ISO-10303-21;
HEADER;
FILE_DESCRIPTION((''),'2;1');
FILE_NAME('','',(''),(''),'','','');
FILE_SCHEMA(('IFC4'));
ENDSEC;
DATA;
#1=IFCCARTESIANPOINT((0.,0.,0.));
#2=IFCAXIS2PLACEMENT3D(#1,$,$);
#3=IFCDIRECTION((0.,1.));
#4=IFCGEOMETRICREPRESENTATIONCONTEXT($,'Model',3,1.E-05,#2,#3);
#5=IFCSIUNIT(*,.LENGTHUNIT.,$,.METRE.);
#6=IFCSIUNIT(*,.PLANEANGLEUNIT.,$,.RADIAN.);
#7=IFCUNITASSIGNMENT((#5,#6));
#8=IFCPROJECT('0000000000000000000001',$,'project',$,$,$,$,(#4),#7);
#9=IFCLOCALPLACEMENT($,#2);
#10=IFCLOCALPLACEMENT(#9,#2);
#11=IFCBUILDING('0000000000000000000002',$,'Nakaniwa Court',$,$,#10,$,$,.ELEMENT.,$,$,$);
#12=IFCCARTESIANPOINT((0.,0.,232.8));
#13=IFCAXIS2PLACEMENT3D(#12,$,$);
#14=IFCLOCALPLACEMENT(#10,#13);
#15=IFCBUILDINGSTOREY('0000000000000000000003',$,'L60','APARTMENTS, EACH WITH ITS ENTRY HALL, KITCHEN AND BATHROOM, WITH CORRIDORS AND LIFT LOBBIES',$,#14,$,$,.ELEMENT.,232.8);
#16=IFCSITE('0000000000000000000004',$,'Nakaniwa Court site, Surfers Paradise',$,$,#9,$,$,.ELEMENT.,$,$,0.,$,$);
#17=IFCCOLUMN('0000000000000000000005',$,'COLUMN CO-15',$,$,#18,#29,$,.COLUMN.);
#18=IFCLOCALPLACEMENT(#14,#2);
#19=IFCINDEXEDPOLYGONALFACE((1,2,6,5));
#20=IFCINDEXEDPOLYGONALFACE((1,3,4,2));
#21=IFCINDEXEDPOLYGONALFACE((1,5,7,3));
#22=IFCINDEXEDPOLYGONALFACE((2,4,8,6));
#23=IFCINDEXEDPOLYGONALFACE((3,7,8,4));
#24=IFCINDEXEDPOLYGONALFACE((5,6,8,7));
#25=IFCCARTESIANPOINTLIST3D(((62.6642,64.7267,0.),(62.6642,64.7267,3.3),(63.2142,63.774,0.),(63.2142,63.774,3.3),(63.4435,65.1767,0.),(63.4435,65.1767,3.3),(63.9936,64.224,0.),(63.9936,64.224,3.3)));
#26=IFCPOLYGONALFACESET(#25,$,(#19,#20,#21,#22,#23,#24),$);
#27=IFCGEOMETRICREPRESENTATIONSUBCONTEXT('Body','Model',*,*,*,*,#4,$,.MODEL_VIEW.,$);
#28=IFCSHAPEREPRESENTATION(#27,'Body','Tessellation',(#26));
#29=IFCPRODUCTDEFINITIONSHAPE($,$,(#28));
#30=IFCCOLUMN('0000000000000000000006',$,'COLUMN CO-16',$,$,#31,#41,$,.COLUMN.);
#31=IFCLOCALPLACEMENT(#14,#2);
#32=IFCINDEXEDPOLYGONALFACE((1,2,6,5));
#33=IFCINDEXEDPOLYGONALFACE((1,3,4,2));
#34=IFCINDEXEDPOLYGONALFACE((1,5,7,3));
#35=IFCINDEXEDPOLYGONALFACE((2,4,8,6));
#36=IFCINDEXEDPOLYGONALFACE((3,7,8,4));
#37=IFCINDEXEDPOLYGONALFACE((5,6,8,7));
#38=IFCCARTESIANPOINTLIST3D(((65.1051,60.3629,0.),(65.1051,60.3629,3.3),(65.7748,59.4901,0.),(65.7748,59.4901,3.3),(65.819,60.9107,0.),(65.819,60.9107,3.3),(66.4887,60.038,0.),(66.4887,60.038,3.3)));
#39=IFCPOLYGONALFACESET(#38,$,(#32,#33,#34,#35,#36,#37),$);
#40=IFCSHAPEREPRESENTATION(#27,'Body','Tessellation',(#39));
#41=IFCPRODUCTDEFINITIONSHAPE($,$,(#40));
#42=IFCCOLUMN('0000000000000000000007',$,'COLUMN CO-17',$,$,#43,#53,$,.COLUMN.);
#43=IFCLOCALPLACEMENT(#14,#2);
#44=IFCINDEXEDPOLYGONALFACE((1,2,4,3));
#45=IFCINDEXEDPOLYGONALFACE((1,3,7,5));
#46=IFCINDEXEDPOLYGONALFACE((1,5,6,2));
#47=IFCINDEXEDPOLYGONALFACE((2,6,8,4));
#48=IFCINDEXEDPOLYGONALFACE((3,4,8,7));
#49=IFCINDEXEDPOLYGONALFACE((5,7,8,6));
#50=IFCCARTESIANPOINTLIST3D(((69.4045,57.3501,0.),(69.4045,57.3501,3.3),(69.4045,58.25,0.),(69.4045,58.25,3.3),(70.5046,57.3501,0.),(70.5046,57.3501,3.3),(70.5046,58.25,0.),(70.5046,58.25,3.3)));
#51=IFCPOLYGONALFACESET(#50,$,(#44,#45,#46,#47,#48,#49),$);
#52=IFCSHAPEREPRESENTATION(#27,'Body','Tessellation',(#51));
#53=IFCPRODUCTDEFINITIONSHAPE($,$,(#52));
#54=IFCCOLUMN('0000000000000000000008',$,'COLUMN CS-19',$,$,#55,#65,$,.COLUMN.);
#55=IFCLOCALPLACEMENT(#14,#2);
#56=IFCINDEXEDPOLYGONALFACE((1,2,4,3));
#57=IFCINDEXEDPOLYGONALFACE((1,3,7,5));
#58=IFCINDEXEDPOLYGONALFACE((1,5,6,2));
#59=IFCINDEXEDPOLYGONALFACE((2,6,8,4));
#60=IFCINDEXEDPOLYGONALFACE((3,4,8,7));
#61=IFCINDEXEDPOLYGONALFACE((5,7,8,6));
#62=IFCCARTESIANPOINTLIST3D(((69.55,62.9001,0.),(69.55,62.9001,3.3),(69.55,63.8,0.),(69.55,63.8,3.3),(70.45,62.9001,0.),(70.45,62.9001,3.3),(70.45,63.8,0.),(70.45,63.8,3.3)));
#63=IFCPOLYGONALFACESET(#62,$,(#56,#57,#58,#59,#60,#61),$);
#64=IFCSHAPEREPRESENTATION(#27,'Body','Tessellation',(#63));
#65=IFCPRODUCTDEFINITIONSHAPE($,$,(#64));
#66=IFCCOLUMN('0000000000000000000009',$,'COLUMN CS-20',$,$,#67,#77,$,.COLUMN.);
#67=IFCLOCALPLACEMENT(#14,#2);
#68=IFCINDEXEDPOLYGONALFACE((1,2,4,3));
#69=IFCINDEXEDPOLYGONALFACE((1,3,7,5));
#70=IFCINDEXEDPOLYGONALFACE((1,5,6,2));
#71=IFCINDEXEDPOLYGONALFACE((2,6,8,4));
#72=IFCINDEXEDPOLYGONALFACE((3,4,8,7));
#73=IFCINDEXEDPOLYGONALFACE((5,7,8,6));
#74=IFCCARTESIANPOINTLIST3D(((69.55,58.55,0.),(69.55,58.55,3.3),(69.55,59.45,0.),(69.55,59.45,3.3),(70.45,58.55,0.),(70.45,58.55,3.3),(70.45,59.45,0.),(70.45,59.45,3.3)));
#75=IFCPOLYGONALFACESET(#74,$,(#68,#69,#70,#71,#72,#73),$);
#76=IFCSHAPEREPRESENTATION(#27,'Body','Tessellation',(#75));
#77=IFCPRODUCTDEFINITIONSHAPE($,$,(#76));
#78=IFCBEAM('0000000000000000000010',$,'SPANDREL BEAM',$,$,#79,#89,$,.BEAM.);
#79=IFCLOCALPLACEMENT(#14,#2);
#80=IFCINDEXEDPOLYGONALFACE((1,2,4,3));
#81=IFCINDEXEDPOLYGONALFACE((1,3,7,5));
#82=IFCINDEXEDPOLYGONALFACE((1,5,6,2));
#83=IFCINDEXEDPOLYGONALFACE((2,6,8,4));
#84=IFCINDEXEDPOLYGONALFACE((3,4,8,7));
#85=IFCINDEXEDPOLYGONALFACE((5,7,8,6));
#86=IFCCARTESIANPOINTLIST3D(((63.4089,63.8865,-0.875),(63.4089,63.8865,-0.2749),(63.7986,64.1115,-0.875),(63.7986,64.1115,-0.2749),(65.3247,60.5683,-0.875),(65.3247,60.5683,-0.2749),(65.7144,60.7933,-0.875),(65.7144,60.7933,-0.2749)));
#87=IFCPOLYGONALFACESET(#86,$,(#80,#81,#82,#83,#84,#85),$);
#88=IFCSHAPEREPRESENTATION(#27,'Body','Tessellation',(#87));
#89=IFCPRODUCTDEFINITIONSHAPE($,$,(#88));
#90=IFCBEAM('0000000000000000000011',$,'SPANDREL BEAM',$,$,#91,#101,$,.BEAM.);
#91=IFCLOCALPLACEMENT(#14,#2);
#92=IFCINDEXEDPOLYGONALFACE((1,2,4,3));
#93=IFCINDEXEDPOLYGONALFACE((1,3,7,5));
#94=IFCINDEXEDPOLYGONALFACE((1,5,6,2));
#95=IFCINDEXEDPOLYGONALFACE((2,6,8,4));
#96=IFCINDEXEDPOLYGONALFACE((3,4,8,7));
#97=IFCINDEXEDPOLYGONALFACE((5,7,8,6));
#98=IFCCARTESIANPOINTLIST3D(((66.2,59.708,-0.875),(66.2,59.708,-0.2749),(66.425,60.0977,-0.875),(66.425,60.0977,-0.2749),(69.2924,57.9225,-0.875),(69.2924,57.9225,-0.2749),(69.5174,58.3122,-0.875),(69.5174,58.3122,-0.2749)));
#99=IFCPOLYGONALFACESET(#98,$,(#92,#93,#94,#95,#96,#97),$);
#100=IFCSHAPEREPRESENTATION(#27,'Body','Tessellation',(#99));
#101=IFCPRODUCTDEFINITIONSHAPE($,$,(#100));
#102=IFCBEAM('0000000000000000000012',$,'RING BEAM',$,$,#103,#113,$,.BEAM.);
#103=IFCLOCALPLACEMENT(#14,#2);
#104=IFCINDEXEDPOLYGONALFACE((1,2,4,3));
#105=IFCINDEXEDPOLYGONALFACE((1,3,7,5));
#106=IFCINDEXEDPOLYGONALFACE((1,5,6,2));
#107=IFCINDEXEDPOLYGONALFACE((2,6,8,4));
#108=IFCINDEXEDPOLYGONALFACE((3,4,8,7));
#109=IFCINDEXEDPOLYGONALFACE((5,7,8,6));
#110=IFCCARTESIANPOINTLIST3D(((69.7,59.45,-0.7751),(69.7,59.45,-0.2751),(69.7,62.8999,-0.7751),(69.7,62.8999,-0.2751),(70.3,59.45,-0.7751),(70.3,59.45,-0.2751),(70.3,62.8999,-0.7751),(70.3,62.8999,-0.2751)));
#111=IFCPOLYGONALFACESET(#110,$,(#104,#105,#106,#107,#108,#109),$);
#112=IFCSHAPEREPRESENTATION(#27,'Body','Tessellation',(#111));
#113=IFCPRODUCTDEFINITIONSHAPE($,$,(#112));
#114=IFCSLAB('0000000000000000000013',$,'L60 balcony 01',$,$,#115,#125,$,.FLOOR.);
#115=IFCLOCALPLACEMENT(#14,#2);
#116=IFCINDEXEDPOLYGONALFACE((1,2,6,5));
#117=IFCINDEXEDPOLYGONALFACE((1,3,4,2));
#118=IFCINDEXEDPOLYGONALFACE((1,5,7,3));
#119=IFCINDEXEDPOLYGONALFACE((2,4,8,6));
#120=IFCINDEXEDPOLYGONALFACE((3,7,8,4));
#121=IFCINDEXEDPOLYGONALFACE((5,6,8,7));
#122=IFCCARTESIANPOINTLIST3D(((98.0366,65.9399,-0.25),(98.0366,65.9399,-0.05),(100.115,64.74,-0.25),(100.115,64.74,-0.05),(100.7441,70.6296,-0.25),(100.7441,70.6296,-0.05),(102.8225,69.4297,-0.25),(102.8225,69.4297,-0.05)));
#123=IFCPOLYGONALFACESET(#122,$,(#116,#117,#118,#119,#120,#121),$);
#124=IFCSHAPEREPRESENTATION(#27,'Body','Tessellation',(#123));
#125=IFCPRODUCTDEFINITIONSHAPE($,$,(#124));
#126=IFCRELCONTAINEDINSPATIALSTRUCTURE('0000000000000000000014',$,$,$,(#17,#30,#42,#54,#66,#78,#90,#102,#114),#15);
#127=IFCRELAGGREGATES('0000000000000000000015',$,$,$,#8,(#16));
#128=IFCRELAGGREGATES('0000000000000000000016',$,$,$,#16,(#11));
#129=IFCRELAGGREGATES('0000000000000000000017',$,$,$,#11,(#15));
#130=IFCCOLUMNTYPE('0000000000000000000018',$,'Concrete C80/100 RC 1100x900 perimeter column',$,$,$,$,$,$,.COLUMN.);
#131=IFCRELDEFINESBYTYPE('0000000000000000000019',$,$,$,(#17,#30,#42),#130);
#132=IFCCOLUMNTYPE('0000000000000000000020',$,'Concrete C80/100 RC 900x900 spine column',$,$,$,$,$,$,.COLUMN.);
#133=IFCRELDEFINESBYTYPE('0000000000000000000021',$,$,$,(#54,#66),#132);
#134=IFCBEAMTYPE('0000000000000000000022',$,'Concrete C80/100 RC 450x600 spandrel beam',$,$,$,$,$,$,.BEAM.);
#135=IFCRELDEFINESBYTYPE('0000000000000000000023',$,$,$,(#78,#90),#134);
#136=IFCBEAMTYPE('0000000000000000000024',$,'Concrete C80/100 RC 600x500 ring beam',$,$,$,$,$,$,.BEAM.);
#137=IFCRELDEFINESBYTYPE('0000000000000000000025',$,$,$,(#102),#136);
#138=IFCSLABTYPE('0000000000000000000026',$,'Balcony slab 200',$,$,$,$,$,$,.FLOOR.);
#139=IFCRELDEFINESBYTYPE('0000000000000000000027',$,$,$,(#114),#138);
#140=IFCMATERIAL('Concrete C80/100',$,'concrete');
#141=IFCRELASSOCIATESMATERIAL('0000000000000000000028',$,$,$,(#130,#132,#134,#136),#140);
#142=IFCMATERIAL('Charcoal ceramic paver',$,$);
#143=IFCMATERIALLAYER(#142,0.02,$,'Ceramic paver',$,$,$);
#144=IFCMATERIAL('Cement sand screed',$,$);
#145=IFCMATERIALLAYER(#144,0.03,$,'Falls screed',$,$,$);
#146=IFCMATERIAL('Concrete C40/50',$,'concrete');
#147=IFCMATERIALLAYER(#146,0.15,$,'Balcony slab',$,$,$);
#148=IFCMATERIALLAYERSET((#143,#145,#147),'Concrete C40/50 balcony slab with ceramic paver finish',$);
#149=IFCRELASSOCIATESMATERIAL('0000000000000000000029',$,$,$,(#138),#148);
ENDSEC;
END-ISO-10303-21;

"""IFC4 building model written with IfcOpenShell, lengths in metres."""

from ifc_helpers import new_model, si_unit, direction, frame, origin, origin_2d, place, context, subcontext, project, spatial, polyline, rectangle, outline, extrude, material, layer, layer_set, material_profile, profile_set, type_object, element, save


model = new_model("IFC4")

# Units and contexts
model_context = context("Model", 3, precision=1e-05, world=origin(), true_north=direction((0.0, 1.0)))
body_context = subcontext(model_context, "Body", "Model", "MODEL_VIEW")
ifc_project = project(units=[si_unit("LENGTHUNIT", "METRE"), si_unit("PLANEANGLEUNIT", "RADIAN")], contexts=[model_context])

# Site, building, storey
site_placement = place(None, origin())
site = spatial("IfcSite", under=ifc_project, at=site_placement, Name="Nakaniwa Court site, Surfers Paradise", CompositionType="ELEMENT", RefElevation=0.0)
building_placement = place(site_placement, origin())
building = spatial("IfcBuilding", under=site, at=building_placement, Name="Nakaniwa Court", CompositionType="ELEMENT")
storey_placement = place(building_placement, frame((0.0, 0.0, 232.8)))
storey = spatial("IfcBuildingStorey", under=building, at=storey_placement, Name="L60", Description="APARTMENTS, EACH WITH ITS ENTRY HALL, KITCHEN AND BATHROOM, WITH CORRIDORS AND LIFT LOBBIES", CompositionType="ELEMENT", Elevation=232.8)

# Columns
ifc_material_1 = material(Name="Concrete C80/100", Category="concrete")
ifc_material_profile_1 = material_profile(ifc_material_1, rectangle(XDim=1.1001, YDim=0.8999, at=origin_2d()), Name="Concrete C80/100 RC 1100x900 perimeter column")
ifc_profile_set_1 = profile_set([ifc_material_profile_1], Name="Concrete C80/100")
column_type_1 = type_object("IfcColumnType", Name="Concrete C80/100 RC 1100x900 perimeter column", PredefinedType="COLUMN", material=ifc_profile_set_1)
for number, where, z_axis, x_axis, name in (
    (1, (63.3289, 64.4753, 0.0), (0.0, 0.0, 1.0), (0.5, -0.866025, 0.0), "COLUMN CO-15"),
    (2, (65.7969, 60.2004, 0.0), (0.0, 0.0, 1.0), (0.608761, -0.793353, 0.0), "COLUMN CO-16"),
    (3, (69.9546, 57.8, 0.0), (0.0, 0.0, 1.0), (1.0, 0.0, 0.0), "COLUMN CO-17"),
):
    element("IfcColumn", number, at=place(storey_placement, frame(where, z_axis=z_axis, x_axis=x_axis)), inside=storey, type_object=column_type_1, Name=name, PredefinedType="COLUMN", context=body_context, shape_type="SweptSolid", body=[
        extrude(rectangle(XDim=1.1001, YDim=0.8999, at=origin_2d()), origin(), (0.0, 0.0, 1.0), 3.3),
    ])
ifc_material_profile_2 = material_profile(ifc_material_1, rectangle(XDim=0.8999, YDim=0.8999, at=origin_2d()), Name="Concrete C80/100 RC 900x900 spine column")
ifc_profile_set_2 = profile_set([ifc_material_profile_2], Name="Concrete C80/100")
column_type_2 = type_object("IfcColumnType", Name="Concrete C80/100 RC 900x900 spine column", PredefinedType="COLUMN", material=ifc_profile_set_2)
for number, where, z_axis, x_axis, name in (
    (4, (70.0, 63.3501, 0.0), (0.0, 0.0, 1.0), (0.0, -1.0, 0.0), "COLUMN CS-19"),
    (5, (70.0, 59.0, 0.0), (0.0, 0.0, 1.0), (0.0, -1.0, 0.0), "COLUMN CS-20"),
):
    element("IfcColumn", number, at=place(storey_placement, frame(where, z_axis=z_axis, x_axis=x_axis)), inside=storey, type_object=column_type_2, Name=name, PredefinedType="COLUMN", context=body_context, shape_type="SweptSolid", body=[
        extrude(rectangle(XDim=0.8999, YDim=0.8999, at=origin_2d()), origin(), (0.0, 0.0, 1.0), 3.3),
    ])

# Beams
ifc_material_profile_3 = material_profile(ifc_material_1, rectangle(XDim=0.45, YDim=0.6001, at=origin_2d()), Name="Concrete C80/100 RC 450x600 spandrel beam")
ifc_profile_set_3 = profile_set([ifc_material_profile_3], Name="Concrete C80/100")
beam_type_1 = type_object("IfcBeamType", Name="Concrete C80/100 RC 450x600 spandrel beam", PredefinedType="BEAM", material=ifc_profile_set_3)
beam_1_placement = place(storey_placement, frame((63.6038, 63.999, -0.575), z_axis=(0.500011, -0.866019, 0.0), x_axis=(0.866019, 0.500011, 0.0)))
element("IfcBeam", 6, at=beam_1_placement, inside=storey, type_object=beam_type_1, Name="SPANDREL BEAM", PredefinedType="BEAM", context=body_context, shape_type="SweptSolid", body=[
    extrude(rectangle(XDim=0.45, YDim=0.6001, at=origin_2d()), origin(), (0.0, 0.0, 1.0), 3.8315),
])
beam_2_placement = place(storey_placement, frame((66.3125, 59.9028, -0.575), z_axis=(0.866017, -0.500014, 0.0), x_axis=(0.500014, 0.866017, 0.0)))
element("IfcBeam", 7, at=beam_2_placement, inside=storey, type_object=beam_type_1, Name="SPANDREL BEAM", PredefinedType="BEAM", context=body_context, shape_type="SweptSolid", body=[
    extrude(rectangle(XDim=0.45, YDim=0.6001, at=origin_2d()), origin(), (0.0, 0.0, 1.0), 3.5708),
])
ifc_material_profile_4 = material_profile(ifc_material_1, rectangle(XDim=0.6001, YDim=0.5, at=origin_2d()), Name="Concrete C80/100 RC 600x500 ring beam")
ifc_profile_set_4 = profile_set([ifc_material_profile_4], Name="Concrete C80/100")
beam_type_2 = type_object("IfcBeamType", Name="Concrete C80/100 RC 600x500 ring beam", PredefinedType="BEAM", material=ifc_profile_set_4)
beam_3_placement = place(storey_placement, frame((70.0, 62.8999, -0.5251), z_axis=(0.0, -1.0, 0.0), x_axis=(1.0, 0.0, 0.0)))
element("IfcBeam", 8, at=beam_3_placement, inside=storey, type_object=beam_type_2, Name="RING BEAM", PredefinedType="BEAM", context=body_context, shape_type="SweptSolid", body=[
    extrude(rectangle(XDim=0.6001, YDim=0.5, at=origin_2d()), origin(), (0.0, 0.0, 1.0), 3.45),
])

# Slab
ifc_material_2 = material(Name="Charcoal ceramic paver")
ifc_layer_1 = layer(ifc_material_2, 0.02, Name="Ceramic paver")
ifc_material_3 = material(Name="Cement sand screed")
ifc_layer_2 = layer(ifc_material_3, 0.03, Name="Falls screed")
ifc_material_4 = material(Name="Concrete C40/50", Category="concrete")
ifc_layer_3 = layer(ifc_material_4, 0.15, Name="Balcony slab")
ifc_layer_set_1 = layer_set([ifc_layer_1, ifc_layer_2, ifc_layer_3], Name="Concrete C40/50 balcony slab with ceramic paver finish")
slab_type_1 = type_object("IfcSlabType", Name="Balcony slab 200", PredefinedType="FLOOR", material=ifc_layer_set_1)
slab_1_placement = place(storey_placement, frame((0.0, 0.0, -0.25)))
element("IfcSlab", 9, at=slab_1_placement, inside=storey, type_object=slab_type_1, Name="L60 balcony 01", PredefinedType="FLOOR", context=body_context, shape_type="SweptSolid", body=[
    extrude(outline(polyline([(98.0366, 65.9399), (100.7441, 70.6296), (102.8225, 69.4297), (100.115, 64.74), (98.0366, 65.9399)])), origin(), (0.0, 0.0, 1.0), 0.2),
])

save(model, "model.ifc")
